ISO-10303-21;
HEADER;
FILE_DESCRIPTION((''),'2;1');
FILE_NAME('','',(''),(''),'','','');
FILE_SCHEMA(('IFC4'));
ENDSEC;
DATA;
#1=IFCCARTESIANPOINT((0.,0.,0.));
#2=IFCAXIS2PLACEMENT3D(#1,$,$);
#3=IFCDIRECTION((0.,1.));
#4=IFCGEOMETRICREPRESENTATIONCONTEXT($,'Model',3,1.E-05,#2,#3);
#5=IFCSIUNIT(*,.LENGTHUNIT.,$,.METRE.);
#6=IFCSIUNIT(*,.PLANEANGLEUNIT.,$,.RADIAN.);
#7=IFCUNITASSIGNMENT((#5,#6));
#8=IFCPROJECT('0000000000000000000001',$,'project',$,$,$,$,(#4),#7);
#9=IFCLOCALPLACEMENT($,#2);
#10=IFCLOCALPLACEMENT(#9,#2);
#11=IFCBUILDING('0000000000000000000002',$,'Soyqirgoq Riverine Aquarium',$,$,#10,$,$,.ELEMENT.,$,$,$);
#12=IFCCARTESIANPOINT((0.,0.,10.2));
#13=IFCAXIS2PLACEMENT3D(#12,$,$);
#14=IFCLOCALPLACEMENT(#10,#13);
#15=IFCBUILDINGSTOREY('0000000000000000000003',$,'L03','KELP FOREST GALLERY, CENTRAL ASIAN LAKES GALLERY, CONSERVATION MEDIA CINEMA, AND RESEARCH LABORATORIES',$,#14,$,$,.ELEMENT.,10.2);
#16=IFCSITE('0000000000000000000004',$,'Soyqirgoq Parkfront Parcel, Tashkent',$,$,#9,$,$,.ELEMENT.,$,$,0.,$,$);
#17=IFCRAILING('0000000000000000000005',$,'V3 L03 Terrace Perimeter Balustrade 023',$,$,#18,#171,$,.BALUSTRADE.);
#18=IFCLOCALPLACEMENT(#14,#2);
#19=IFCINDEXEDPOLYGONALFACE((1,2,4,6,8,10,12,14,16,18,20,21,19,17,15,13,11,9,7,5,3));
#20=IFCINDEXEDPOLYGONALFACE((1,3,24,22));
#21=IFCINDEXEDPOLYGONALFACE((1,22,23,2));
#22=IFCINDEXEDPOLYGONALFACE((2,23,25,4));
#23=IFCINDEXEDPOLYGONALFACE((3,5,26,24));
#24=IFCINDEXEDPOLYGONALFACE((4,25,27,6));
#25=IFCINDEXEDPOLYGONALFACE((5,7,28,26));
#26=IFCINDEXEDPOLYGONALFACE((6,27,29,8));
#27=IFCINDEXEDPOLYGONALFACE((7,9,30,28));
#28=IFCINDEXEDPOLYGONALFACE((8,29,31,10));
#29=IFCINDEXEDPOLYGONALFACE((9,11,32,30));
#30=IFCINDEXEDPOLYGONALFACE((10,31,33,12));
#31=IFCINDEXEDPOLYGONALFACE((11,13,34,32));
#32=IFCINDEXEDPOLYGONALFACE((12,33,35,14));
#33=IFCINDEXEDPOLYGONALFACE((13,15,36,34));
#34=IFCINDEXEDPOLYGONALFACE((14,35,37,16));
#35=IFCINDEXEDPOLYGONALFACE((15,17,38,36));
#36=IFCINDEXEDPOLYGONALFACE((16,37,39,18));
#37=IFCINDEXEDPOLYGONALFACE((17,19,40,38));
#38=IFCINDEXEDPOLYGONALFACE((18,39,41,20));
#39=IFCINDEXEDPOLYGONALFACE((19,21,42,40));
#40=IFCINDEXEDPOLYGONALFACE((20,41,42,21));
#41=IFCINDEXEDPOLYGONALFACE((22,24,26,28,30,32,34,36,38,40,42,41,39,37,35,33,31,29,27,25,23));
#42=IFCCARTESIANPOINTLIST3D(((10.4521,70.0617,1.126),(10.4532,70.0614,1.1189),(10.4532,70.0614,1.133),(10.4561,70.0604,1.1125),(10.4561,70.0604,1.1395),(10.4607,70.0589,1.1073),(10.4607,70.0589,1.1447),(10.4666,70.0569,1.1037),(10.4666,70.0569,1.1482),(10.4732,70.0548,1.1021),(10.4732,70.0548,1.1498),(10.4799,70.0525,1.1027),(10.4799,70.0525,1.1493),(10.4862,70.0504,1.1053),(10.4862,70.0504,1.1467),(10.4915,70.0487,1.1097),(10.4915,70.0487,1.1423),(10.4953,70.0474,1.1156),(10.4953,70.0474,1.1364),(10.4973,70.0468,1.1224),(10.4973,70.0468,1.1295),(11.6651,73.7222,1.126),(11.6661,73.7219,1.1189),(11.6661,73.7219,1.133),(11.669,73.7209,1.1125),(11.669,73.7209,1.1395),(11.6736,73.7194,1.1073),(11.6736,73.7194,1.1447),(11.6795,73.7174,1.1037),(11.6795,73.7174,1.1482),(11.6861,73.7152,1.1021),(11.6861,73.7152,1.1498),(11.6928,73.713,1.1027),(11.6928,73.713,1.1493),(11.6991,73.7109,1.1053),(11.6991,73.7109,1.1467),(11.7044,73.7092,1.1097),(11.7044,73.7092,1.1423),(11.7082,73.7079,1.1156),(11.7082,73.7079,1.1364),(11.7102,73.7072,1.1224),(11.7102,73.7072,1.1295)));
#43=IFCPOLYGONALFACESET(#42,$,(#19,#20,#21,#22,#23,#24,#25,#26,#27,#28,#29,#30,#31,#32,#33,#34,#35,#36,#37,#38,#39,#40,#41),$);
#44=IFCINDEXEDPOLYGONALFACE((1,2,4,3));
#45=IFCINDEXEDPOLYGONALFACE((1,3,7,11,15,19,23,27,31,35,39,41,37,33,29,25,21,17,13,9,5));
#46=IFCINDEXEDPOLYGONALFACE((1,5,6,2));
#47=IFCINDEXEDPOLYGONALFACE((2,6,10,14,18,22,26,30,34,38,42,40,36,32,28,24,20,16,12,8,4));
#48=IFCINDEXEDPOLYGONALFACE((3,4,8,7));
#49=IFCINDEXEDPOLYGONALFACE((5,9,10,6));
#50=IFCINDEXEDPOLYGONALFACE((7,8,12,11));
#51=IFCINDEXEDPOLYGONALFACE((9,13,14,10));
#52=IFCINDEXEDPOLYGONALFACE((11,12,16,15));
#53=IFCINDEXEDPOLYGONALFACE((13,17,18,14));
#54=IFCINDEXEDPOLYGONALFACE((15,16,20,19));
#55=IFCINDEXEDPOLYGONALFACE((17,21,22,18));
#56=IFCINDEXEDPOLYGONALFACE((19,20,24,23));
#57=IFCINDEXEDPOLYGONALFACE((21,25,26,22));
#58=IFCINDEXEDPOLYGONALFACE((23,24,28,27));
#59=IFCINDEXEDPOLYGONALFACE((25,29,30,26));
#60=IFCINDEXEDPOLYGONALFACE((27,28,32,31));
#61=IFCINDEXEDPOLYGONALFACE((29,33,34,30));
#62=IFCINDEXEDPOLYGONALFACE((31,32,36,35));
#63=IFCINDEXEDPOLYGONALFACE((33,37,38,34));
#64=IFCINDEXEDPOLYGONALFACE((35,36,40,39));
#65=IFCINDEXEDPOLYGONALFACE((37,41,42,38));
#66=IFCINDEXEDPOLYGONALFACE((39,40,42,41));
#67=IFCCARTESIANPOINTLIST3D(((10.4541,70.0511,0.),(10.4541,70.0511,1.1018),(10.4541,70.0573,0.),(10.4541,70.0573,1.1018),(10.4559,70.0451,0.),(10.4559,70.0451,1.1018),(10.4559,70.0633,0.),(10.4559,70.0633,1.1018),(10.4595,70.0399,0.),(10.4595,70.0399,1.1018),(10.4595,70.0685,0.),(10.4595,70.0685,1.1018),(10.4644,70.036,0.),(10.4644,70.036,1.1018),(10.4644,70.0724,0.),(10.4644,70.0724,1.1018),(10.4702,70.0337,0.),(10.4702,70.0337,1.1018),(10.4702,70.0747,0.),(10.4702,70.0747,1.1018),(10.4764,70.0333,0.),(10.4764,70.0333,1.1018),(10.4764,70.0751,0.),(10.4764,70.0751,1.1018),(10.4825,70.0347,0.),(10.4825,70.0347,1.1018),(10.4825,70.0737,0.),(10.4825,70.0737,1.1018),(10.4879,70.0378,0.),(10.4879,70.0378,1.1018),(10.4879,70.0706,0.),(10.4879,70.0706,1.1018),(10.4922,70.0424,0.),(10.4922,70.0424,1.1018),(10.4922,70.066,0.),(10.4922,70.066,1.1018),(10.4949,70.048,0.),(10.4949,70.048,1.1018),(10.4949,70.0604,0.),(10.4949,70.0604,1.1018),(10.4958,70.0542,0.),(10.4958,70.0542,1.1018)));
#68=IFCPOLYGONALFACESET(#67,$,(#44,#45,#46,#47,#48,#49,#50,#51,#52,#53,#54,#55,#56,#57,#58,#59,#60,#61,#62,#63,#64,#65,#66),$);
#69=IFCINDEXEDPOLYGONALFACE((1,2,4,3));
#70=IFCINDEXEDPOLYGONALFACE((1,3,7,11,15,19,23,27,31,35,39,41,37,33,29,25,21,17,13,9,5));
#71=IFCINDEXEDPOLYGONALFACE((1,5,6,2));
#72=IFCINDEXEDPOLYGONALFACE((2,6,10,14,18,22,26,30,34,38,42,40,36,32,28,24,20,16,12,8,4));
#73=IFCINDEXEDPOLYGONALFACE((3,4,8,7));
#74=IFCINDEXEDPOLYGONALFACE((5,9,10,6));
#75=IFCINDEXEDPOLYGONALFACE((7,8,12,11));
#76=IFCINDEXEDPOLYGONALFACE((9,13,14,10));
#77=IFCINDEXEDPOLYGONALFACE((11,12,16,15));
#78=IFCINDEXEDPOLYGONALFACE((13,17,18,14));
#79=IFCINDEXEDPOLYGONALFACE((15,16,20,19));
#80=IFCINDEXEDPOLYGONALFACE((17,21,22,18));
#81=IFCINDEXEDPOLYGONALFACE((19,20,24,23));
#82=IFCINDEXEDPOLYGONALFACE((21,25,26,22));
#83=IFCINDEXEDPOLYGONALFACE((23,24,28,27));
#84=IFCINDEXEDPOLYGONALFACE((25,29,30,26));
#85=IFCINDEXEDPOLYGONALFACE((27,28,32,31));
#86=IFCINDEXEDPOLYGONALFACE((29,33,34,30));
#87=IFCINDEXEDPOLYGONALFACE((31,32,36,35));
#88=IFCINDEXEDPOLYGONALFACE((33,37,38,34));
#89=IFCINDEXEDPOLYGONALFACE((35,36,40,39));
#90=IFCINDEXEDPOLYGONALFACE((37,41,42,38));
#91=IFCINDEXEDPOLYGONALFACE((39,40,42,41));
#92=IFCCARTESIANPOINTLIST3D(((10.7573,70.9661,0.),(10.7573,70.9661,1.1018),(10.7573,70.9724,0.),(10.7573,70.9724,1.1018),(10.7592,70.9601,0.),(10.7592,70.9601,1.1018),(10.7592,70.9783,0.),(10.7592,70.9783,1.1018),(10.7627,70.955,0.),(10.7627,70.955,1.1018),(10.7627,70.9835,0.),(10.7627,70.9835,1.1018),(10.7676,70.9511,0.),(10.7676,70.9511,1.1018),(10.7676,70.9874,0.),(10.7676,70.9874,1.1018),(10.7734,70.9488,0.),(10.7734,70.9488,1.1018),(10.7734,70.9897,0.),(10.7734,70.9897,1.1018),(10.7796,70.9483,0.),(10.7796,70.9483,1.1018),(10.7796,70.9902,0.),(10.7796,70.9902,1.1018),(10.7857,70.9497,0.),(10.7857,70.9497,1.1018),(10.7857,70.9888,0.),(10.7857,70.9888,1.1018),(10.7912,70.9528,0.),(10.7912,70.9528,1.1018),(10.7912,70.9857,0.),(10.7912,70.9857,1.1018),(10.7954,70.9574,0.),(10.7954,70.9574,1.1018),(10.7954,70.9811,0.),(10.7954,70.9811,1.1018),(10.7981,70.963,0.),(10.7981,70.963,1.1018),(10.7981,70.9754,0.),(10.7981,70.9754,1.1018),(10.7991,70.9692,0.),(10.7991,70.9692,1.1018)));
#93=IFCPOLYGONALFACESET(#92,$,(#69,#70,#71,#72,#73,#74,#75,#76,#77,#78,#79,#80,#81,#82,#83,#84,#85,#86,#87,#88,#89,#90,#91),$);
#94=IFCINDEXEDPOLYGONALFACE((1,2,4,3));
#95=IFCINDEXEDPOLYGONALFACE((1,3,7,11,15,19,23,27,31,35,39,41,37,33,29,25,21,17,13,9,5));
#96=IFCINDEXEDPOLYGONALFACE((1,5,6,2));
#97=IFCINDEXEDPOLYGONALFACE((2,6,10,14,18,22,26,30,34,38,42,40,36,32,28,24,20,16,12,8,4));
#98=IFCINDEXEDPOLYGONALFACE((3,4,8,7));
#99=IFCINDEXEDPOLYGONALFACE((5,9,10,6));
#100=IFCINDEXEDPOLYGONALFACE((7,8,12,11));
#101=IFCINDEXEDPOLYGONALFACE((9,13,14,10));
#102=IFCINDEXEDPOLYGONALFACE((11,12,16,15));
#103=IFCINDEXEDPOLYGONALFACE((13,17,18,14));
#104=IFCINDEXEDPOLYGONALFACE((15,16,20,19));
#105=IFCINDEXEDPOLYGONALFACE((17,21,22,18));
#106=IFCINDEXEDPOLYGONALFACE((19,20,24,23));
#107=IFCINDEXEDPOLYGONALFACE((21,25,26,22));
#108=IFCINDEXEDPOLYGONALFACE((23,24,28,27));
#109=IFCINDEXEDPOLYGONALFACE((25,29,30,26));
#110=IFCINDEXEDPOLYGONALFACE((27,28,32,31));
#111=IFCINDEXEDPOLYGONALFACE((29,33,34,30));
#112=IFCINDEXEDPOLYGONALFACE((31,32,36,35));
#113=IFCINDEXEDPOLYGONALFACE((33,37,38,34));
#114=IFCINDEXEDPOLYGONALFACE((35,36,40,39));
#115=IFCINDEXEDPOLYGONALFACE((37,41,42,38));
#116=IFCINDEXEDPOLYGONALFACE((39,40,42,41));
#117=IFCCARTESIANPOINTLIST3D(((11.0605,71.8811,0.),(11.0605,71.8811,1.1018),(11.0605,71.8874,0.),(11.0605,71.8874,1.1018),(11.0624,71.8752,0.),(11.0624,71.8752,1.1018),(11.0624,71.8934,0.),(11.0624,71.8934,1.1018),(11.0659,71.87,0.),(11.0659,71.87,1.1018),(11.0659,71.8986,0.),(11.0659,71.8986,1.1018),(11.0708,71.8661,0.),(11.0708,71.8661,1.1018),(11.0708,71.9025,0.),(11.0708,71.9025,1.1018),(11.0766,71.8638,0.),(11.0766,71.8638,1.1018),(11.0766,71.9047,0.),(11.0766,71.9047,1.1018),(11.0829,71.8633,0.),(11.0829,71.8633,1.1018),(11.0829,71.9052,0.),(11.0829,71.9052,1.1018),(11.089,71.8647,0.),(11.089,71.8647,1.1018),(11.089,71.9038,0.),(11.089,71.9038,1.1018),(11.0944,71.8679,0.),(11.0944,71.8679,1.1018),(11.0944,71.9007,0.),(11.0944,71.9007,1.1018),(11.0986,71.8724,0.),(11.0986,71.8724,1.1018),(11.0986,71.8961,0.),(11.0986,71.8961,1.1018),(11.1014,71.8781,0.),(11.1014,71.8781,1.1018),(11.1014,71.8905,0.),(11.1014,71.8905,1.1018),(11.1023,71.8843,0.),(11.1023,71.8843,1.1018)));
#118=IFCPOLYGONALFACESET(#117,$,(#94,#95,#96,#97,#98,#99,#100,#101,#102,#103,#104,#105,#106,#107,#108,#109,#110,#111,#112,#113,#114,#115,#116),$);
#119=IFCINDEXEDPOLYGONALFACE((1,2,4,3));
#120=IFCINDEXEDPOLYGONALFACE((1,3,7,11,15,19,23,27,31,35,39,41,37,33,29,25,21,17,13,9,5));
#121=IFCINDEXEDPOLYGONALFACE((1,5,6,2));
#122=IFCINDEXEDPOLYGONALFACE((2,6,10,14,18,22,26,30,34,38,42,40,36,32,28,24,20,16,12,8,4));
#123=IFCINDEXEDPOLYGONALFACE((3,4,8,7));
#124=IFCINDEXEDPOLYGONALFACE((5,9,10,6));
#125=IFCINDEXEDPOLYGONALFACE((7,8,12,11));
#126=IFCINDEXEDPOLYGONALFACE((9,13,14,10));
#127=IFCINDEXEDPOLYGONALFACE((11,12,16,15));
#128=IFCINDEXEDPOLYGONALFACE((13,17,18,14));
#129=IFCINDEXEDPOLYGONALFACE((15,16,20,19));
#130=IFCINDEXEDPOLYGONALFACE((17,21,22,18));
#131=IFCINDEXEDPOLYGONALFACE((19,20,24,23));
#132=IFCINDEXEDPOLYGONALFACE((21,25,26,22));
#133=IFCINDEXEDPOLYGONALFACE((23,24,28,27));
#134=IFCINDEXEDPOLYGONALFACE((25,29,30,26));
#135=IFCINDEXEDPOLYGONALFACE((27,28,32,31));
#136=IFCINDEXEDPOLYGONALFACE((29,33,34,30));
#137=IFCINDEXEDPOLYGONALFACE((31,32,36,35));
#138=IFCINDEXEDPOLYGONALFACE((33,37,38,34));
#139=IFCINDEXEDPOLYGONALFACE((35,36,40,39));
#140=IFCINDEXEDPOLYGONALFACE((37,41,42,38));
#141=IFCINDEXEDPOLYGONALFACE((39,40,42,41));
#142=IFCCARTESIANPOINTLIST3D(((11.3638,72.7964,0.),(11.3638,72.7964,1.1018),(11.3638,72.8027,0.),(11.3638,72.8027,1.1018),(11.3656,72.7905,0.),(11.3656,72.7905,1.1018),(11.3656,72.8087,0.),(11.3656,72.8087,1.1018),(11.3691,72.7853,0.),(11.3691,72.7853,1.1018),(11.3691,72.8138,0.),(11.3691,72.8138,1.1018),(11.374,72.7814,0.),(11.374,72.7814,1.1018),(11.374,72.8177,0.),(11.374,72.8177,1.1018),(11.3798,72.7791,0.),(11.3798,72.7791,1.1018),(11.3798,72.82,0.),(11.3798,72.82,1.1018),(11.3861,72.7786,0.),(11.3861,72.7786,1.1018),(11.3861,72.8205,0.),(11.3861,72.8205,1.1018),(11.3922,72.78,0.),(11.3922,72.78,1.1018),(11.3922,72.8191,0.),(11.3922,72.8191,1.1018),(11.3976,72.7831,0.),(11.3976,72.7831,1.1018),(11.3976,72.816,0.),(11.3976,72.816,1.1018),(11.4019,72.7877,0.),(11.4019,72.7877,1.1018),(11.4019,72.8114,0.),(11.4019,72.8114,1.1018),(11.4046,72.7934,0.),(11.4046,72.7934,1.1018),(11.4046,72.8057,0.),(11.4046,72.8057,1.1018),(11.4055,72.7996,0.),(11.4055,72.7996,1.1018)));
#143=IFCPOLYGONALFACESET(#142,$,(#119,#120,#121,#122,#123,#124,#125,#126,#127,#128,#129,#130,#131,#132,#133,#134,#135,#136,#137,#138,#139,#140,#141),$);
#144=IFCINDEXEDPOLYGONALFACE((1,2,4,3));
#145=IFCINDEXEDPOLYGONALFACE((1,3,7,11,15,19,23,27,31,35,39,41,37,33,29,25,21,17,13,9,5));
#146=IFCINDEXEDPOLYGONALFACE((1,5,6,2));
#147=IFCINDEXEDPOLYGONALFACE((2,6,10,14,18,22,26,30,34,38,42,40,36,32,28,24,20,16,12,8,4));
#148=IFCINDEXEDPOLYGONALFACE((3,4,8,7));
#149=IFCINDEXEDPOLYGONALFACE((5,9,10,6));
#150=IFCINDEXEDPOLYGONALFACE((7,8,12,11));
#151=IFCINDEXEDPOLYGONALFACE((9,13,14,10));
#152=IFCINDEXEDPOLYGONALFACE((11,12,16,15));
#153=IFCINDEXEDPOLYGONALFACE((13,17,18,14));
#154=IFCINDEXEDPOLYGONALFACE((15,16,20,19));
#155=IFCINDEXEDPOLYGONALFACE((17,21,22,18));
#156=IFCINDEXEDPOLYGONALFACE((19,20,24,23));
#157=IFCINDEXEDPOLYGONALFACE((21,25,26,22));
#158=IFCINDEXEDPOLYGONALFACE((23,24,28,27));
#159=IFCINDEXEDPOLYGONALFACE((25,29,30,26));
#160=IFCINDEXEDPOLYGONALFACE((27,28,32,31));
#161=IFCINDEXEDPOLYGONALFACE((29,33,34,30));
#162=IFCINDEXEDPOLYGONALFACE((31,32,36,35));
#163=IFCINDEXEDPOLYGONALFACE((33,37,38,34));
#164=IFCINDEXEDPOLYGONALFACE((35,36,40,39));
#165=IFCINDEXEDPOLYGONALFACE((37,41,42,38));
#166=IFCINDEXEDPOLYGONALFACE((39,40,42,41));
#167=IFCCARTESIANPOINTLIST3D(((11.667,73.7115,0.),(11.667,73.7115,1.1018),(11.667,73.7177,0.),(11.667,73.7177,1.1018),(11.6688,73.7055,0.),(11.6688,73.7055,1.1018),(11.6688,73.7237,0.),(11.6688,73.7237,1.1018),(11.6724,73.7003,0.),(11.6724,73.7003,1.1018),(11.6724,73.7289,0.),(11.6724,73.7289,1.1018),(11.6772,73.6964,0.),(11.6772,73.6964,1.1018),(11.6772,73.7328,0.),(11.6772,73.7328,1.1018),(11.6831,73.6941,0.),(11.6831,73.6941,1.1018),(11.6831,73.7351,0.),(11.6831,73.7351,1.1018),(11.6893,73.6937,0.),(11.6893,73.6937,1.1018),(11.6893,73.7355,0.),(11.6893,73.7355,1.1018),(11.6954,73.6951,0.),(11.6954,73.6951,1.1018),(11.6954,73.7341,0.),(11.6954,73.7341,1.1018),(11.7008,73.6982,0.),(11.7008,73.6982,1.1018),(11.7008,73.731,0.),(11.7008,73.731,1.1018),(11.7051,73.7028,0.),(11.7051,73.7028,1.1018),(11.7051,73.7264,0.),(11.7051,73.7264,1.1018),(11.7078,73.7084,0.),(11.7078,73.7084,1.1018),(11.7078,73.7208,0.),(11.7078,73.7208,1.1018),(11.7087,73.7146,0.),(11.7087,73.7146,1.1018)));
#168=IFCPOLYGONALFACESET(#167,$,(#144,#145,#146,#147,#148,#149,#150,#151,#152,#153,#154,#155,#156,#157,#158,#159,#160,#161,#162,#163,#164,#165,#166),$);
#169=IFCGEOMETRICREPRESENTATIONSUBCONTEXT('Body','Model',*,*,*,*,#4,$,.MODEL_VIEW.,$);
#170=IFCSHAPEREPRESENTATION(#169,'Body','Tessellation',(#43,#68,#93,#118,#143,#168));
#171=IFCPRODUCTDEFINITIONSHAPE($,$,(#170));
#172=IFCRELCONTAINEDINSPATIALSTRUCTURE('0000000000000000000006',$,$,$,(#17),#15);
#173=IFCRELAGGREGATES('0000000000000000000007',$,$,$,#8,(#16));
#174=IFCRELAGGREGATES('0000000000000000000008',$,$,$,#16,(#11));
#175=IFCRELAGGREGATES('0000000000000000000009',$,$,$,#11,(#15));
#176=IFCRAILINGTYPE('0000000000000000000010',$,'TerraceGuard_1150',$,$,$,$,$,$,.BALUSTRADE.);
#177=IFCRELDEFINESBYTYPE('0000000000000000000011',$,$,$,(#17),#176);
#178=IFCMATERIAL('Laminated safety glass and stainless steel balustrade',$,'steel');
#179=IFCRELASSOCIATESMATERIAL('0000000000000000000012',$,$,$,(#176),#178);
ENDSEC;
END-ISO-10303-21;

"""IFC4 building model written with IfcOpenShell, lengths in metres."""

from ifc_helpers import new_model, si_unit, direction, frame, origin, origin_2d, place, context, subcontext, project, spatial, circle, extrude, material, type_object, element, save


model = new_model("IFC4")

# Units and contexts
model_context = context("Model", 3, precision=1e-05, world=origin(), true_north=direction((0.0, 1.0)))
body_context = subcontext(model_context, "Body", "Model", "MODEL_VIEW")
ifc_project = project(units=[si_unit("LENGTHUNIT", "METRE"), si_unit("PLANEANGLEUNIT", "RADIAN")], contexts=[model_context])

# Site, building, storey
site_placement = place(None, origin())
site = spatial("IfcSite", under=ifc_project, at=site_placement, Name="Soyqirgoq Parkfront Parcel, Tashkent", CompositionType="ELEMENT", RefElevation=0.0)
building_placement = place(site_placement, origin())
building = spatial("IfcBuilding", under=site, at=building_placement, Name="Soyqirgoq Riverine Aquarium", CompositionType="ELEMENT")
storey_placement = place(building_placement, frame((0.0, 0.0, 10.2)))
storey = spatial("IfcBuildingStorey", under=building, at=storey_placement, Name="L03", Description="KELP FOREST GALLERY, CENTRAL ASIAN LAKES GALLERY, CONSERVATION MEDIA CINEMA, AND RESEARCH LABORATORIES", CompositionType="ELEMENT", Elevation=10.2)

# Railing
ifc_material_1 = material(Name="Laminated safety glass and stainless steel balustrade", Category="steel")
railing_type = type_object("IfcRailingType", Name="TerraceGuard_1150", PredefinedType="BALUSTRADE", material=ifc_material_1)
railing_1_placement = place(storey_placement, frame((10.4749, 70.0542, 0.0)))
element("IfcRailing", 1, at=railing_1_placement, inside=storey, type_object=railing_type, Name="V3 L03 Terrace Perimeter Balustrade 023", PredefinedType="BALUSTRADE", context=body_context, shape_type="SweptSolid", body=[
    extrude(circle(Radius=0.0239, at=origin_2d()), frame((0.0, 0.0, 1.126), z_axis=(0.314537, 0.949245, 0.0), x_axis=(-0.949245, 0.314537, 0.0)), (0.0, 0.0, 1.0), 3.8562),
    extrude(circle(Radius=0.021, at=origin_2d()), origin(), (0.0, 0.0, 1.0), 1.1018),
    extrude(circle(Radius=0.021, at=origin_2d()), frame((0.3032, 0.915, 0.0)), (0.0, 0.0, 1.0), 1.1018),
    extrude(circle(Radius=0.021, at=origin_2d()), frame((0.6064, 1.8301, 0.0)), (0.0, 0.0, 1.0), 1.1018),
    extrude(circle(Radius=0.021, at=origin_2d()), frame((0.9097, 2.7454, 0.0)), (0.0, 0.0, 1.0), 1.1018),
    extrude(circle(Radius=0.021, at=origin_2d()), frame((1.2129, 3.6604, 0.0)), (0.0, 0.0, 1.0), 1.1018),
])

save(model, "model.ifc")
